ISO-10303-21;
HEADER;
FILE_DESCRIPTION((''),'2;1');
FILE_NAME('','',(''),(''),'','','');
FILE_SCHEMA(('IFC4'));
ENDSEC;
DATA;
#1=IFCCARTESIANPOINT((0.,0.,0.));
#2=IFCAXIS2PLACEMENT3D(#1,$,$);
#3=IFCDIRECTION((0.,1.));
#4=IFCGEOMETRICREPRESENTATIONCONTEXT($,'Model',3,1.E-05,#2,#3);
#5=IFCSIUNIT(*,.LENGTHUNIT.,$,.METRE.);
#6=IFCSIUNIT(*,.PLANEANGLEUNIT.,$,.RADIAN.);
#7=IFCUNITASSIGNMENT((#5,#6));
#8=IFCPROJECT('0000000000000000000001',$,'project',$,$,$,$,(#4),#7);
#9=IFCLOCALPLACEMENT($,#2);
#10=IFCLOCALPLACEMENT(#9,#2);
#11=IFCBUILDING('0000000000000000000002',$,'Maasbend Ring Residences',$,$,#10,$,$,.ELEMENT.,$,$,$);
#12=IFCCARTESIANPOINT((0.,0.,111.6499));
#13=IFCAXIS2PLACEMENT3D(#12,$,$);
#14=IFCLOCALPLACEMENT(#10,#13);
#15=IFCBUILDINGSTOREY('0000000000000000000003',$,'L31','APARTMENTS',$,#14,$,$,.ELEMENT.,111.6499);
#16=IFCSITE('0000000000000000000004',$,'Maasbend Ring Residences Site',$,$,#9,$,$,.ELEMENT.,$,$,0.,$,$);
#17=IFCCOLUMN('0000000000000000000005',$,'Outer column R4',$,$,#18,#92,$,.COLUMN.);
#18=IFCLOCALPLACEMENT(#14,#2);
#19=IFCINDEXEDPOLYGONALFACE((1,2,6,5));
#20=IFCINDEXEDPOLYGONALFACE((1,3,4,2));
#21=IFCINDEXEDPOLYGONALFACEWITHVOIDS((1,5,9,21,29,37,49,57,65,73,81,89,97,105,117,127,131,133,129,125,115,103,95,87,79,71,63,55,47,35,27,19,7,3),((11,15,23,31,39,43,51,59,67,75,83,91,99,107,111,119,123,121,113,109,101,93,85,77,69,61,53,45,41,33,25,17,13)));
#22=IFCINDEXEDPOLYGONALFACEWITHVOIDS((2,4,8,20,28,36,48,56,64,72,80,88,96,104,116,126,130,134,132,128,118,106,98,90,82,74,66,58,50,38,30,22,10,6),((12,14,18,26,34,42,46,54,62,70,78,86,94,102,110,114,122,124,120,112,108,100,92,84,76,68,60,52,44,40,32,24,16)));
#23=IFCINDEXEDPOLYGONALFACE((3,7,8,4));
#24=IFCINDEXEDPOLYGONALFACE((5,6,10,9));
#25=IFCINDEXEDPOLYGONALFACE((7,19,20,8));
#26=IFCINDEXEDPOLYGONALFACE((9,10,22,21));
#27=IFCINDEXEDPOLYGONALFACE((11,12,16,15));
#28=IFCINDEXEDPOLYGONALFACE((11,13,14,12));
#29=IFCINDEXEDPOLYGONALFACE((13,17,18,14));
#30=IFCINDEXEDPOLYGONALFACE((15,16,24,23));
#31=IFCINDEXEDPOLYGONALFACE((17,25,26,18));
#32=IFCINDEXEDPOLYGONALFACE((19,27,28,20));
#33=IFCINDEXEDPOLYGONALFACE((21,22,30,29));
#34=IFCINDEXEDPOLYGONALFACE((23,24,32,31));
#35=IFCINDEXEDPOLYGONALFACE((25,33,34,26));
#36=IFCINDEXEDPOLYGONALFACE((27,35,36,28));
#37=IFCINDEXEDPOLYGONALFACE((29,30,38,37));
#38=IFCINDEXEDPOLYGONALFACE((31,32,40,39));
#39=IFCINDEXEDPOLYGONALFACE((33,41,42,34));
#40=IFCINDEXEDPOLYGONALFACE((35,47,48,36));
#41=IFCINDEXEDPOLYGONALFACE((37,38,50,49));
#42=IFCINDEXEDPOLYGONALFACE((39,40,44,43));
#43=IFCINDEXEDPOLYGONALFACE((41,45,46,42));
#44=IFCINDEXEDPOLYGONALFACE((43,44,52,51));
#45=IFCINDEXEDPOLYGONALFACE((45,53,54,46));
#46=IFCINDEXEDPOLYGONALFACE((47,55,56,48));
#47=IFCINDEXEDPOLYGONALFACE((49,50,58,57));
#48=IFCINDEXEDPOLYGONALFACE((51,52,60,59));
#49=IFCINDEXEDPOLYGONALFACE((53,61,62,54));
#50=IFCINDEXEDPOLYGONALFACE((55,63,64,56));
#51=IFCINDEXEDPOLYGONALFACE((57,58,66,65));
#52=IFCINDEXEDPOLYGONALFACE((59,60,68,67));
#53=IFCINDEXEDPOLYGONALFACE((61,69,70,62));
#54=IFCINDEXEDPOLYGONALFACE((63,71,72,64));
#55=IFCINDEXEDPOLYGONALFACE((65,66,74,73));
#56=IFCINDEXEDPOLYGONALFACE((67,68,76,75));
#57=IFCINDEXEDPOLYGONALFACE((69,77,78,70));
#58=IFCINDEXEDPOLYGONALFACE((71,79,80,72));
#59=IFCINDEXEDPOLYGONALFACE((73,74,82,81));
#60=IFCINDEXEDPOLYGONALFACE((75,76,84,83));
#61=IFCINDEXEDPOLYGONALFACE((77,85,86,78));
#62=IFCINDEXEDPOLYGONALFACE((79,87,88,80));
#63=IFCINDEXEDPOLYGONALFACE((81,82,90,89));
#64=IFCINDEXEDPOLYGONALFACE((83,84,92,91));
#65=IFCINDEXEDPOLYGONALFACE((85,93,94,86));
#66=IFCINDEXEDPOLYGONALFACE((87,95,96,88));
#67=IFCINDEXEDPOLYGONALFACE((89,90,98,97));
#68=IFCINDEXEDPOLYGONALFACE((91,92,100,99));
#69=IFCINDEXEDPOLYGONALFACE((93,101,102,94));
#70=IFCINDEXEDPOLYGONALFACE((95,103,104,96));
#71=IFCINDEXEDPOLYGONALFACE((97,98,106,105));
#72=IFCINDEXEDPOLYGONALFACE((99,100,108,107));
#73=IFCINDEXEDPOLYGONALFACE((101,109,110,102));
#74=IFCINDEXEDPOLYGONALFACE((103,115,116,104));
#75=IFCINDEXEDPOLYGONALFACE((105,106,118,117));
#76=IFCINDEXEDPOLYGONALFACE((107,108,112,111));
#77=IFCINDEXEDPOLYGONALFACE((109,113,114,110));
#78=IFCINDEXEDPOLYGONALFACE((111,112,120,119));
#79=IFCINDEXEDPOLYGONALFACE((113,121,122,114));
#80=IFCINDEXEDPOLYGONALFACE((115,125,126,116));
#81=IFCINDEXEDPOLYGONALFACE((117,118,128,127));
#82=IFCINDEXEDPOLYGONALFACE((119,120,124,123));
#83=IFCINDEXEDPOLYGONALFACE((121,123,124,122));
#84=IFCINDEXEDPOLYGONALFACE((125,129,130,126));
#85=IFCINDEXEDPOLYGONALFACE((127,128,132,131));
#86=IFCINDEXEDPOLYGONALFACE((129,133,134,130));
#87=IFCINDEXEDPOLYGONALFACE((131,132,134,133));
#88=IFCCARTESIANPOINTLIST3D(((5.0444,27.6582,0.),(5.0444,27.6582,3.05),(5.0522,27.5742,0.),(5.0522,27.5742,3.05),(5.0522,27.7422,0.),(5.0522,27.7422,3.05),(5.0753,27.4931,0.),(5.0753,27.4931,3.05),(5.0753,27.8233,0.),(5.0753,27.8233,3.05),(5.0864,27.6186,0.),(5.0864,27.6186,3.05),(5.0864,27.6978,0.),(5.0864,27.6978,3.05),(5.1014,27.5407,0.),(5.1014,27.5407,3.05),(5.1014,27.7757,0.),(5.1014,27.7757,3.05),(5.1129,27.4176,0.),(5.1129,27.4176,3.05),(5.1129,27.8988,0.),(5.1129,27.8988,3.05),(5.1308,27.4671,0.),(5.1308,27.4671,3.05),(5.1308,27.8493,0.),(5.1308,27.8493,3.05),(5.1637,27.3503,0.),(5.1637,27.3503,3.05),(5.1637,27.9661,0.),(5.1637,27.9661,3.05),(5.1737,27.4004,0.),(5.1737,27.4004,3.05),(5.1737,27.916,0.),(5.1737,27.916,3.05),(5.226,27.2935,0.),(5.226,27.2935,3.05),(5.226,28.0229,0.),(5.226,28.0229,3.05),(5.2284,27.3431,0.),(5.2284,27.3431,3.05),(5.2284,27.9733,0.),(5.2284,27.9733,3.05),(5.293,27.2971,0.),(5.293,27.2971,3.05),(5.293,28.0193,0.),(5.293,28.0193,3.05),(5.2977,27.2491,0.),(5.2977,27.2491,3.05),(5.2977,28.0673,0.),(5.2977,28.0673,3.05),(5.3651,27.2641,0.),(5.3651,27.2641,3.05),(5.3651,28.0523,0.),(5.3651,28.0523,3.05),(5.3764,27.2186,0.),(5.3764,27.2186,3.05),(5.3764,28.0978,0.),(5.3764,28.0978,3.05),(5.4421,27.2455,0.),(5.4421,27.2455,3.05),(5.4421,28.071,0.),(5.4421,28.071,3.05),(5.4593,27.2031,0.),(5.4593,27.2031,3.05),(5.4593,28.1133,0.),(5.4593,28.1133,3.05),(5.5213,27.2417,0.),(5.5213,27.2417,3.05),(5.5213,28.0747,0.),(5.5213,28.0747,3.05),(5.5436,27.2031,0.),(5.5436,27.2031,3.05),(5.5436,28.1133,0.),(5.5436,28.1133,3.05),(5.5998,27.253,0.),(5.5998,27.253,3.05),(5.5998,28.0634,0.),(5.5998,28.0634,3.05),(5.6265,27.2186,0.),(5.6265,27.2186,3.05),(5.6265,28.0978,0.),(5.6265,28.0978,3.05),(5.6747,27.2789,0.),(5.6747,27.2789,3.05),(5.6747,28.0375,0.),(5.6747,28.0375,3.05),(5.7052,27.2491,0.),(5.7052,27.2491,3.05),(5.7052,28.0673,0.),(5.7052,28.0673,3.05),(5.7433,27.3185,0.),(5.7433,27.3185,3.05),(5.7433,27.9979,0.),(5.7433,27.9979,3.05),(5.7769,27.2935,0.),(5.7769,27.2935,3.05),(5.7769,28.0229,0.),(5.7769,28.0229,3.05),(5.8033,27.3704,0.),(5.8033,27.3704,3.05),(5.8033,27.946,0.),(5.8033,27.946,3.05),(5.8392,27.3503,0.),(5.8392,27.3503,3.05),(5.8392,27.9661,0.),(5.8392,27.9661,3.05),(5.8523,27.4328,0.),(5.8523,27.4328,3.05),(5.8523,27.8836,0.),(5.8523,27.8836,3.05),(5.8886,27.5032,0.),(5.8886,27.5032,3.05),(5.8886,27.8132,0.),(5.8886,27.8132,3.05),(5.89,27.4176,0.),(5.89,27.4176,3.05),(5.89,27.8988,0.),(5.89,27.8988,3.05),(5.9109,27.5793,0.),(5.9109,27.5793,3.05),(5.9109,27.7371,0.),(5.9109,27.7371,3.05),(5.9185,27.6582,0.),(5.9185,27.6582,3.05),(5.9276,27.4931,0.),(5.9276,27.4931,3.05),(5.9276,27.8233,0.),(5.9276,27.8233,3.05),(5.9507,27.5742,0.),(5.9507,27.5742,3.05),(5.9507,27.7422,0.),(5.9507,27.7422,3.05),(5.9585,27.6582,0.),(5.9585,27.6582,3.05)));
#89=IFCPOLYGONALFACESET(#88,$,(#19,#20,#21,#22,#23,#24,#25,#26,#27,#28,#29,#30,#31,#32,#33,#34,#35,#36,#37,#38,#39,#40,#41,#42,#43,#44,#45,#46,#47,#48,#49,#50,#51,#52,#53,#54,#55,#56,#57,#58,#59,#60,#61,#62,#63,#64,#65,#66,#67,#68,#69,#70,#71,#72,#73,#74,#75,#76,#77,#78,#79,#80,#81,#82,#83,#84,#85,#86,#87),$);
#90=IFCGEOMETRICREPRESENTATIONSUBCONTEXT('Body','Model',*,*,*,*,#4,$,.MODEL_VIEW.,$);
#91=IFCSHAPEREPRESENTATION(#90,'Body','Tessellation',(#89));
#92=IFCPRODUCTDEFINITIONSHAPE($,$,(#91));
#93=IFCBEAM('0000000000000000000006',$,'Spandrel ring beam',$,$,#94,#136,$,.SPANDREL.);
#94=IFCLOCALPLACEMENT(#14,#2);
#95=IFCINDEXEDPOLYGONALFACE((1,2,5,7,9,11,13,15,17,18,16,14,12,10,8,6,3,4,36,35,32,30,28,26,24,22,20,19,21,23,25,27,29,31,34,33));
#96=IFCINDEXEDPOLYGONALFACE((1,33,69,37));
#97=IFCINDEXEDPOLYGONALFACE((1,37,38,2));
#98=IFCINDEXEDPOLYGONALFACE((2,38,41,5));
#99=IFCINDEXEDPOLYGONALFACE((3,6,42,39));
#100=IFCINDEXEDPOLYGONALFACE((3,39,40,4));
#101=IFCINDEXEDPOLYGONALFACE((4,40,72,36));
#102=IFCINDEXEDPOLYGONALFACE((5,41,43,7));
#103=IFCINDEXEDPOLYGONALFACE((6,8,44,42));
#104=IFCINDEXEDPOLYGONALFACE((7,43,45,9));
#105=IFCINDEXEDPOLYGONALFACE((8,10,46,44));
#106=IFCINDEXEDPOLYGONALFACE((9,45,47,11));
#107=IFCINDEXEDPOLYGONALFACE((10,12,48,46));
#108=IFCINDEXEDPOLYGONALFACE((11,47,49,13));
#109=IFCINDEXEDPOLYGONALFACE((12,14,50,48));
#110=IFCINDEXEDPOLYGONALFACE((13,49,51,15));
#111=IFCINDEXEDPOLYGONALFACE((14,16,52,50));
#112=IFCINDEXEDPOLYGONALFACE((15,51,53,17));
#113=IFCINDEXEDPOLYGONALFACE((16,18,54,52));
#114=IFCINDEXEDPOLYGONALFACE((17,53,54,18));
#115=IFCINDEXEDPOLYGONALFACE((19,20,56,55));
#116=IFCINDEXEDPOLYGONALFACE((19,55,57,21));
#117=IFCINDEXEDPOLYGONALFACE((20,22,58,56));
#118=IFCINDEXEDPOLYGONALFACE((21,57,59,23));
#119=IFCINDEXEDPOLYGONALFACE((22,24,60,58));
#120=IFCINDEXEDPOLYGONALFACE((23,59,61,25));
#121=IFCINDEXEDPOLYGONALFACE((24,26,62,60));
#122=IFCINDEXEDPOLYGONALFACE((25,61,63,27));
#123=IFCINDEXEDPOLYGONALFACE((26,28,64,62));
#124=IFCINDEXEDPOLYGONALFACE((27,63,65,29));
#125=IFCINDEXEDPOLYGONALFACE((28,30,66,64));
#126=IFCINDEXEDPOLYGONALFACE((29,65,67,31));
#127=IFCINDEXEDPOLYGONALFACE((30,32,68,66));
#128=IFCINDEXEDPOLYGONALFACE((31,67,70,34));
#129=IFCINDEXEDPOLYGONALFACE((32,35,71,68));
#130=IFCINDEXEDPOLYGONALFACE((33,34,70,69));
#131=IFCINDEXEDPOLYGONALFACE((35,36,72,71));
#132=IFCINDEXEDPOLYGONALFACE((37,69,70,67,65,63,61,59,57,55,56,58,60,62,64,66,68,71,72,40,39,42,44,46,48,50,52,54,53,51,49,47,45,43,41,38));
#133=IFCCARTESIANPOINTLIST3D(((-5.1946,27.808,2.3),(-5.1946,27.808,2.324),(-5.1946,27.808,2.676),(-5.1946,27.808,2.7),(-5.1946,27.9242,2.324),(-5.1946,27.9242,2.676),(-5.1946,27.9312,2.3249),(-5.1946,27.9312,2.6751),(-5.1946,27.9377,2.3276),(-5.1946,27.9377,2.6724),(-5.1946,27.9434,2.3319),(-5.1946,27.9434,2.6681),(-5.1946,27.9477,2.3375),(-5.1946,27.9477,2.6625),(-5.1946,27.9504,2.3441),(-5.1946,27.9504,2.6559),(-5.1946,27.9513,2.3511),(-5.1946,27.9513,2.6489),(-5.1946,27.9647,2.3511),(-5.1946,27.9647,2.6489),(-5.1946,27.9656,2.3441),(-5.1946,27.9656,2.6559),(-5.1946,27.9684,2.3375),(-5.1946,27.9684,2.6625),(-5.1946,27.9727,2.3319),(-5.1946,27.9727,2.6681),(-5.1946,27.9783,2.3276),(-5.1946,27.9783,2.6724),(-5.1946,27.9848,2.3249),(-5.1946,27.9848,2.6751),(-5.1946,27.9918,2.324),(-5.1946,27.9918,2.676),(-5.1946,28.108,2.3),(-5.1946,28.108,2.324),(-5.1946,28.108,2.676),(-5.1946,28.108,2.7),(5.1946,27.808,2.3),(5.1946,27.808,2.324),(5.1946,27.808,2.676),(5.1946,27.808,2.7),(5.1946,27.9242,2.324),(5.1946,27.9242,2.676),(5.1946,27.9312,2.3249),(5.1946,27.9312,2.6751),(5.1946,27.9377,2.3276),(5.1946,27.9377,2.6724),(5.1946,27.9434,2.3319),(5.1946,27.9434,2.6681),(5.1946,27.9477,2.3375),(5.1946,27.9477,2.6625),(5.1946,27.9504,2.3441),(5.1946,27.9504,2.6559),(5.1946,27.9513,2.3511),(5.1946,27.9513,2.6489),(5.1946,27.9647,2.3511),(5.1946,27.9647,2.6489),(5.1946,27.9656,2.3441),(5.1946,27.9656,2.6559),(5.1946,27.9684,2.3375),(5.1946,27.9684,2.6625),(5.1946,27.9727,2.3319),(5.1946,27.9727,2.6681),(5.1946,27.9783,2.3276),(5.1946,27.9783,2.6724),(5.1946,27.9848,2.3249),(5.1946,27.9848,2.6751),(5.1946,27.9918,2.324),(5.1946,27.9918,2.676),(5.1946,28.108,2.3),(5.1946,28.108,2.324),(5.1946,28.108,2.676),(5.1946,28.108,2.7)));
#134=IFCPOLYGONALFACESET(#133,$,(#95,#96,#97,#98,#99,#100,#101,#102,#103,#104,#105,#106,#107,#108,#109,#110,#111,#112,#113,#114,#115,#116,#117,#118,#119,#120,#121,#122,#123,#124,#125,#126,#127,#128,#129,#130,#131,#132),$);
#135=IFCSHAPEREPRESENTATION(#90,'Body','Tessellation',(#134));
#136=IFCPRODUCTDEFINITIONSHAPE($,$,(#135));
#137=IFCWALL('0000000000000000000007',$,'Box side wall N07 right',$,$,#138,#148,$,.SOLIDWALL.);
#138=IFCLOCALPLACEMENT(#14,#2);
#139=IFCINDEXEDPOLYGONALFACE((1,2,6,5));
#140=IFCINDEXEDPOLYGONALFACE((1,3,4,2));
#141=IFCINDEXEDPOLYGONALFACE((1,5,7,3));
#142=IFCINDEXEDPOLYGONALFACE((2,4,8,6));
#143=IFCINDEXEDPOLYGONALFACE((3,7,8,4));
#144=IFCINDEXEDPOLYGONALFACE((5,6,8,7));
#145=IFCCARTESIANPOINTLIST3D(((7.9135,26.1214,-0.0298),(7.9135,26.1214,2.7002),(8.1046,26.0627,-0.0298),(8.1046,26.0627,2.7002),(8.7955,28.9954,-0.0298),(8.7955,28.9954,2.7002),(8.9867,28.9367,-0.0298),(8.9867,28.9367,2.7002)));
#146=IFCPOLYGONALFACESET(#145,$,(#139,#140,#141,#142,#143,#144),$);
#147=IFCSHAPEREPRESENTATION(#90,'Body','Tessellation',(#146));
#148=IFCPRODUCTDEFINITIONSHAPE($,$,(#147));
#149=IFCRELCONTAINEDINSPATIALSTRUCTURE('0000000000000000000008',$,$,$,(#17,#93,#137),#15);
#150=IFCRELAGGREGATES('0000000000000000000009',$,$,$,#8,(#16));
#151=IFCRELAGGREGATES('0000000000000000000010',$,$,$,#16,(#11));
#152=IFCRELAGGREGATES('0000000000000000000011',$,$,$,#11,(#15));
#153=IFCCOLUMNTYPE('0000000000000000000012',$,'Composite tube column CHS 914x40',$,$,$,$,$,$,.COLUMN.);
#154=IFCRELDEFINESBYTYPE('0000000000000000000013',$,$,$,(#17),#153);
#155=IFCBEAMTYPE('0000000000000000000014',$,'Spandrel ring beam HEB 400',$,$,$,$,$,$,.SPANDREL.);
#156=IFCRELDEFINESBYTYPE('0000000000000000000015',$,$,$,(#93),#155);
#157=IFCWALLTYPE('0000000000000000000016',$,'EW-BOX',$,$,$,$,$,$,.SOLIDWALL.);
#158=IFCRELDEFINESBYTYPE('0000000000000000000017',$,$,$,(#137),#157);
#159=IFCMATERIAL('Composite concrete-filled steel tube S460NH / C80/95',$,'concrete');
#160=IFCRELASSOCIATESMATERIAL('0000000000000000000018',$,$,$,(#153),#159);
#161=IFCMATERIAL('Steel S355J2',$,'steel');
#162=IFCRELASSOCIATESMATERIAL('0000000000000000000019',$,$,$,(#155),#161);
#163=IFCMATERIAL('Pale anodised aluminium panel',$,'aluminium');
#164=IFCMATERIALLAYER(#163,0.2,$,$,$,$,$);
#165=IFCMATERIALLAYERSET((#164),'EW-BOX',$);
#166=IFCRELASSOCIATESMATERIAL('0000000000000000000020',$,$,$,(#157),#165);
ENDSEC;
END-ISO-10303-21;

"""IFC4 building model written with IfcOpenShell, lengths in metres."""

from ifc_helpers import new_model, si_unit, direction, frame, frame_2d, origin, origin_2d, place, context, subcontext, project, spatial, rectangle, hollow_circle, i_section, extrude, material, layer, layer_set, material_profile, profile_set, type_object, element, save


model = new_model("IFC4")

# Units and contexts
model_context = context("Model", 3, precision=1e-05, world=origin(), true_north=direction((0.0, 1.0)))
body_context = subcontext(model_context, "Body", "Model", "MODEL_VIEW")
ifc_project = project(units=[si_unit("LENGTHUNIT", "METRE"), si_unit("PLANEANGLEUNIT", "RADIAN")], contexts=[model_context])

# Site, building, storey
site_placement = place(None, origin())
site = spatial("IfcSite", under=ifc_project, at=site_placement, Name="Maasbend Ring Residences Site", CompositionType="ELEMENT", RefElevation=0.0)
building_placement = place(site_placement, origin())
building = spatial("IfcBuilding", under=site, at=building_placement, Name="Maasbend Ring Residences", CompositionType="ELEMENT")
storey_placement = place(building_placement, frame((0.0, 0.0, 111.6499)))
storey = spatial("IfcBuildingStorey", under=building, at=storey_placement, Name="L31", Description="APARTMENTS", CompositionType="ELEMENT", Elevation=111.6499)

# Column
ifc_material_1 = material(Name="Composite concrete-filled steel tube S460NH / C80/95", Category="concrete")
ifc_material_profile_1 = material_profile(ifc_material_1, hollow_circle(Radius=0.457, WallThickness=0.04, at=origin_2d()), Name="Composite tube column CHS 914x40")
ifc_profile_set_1 = profile_set([ifc_material_profile_1], Name="Composite concrete-filled steel tube S460NH / C80/95")
column_type = type_object("IfcColumnType", Name="Composite tube column CHS 914x40", PredefinedType="COLUMN", material=ifc_profile_set_1)
column_placement = place(storey_placement, frame((5.5015, 27.6582, 0.0), z_axis=(0.0, 0.0, 1.0), x_axis=(1.0, 0.0, 0.0)))
element("IfcColumn", 1, at=column_placement, inside=storey, type_object=column_type, Name="Outer column R4", PredefinedType="COLUMN", context=body_context, shape_type="SweptSolid", body=[
    extrude(hollow_circle(Radius=0.457, WallThickness=0.04, at=origin_2d()), origin(), (0.0, 0.0, 1.0), 3.05),
])

# Beam
ifc_material_2 = material(Name="Steel S355J2", Category="steel")
ifc_material_profile_2 = material_profile(ifc_material_2, i_section(OverallWidth=0.3, OverallDepth=0.3999, WebThickness=0.0134, FlangeThickness=0.0239, FilletRadius=0.0271, at=origin_2d()), Name="HEB 400")
ifc_profile_set_2 = profile_set([ifc_material_profile_2], Name="Steel S355J2")
beam_type = type_object("IfcBeamType", Name="Spandrel ring beam HEB 400", PredefinedType="SPANDREL", material=ifc_profile_set_2)
beam_placement = place(storey_placement, frame((5.1946, 27.958, 2.5), z_axis=(-1.0, 0.0, 0.0), x_axis=(0.0, -1.0, 0.0)))
element("IfcBeam", 2, at=beam_placement, inside=storey, type_object=beam_type, Name="Spandrel ring beam", PredefinedType="SPANDREL", context=body_context, shape_type="SweptSolid", body=[
    extrude(i_section(OverallWidth=0.3, OverallDepth=0.3999, WebThickness=0.0134, FlangeThickness=0.0239, FilletRadius=0.0271, at=origin_2d()), origin(), (0.0, 0.0, 1.0), 10.3892),
])

# Wall
ifc_material_3 = material(Name="Pale anodised aluminium panel", Category="aluminium")
ifc_layer_1 = layer(ifc_material_3, 0.2)
ifc_layer_set_1 = layer_set([ifc_layer_1], Name="EW-BOX")
wall_type_1 = type_object("IfcWallType", Name="EW-BOX", PredefinedType="SOLIDWALL", material=ifc_layer_set_1)
wall_1_placement = place(storey_placement, frame((8.009, 26.092, -0.0298), z_axis=(0.0, 0.0, 1.0), x_axis=(0.293407, 0.955988, 0.0)))
element("IfcWall", 3, at=wall_1_placement, inside=storey, type_object=wall_type_1, Name="Box side wall N07 right", PredefinedType="SOLIDWALL", context=body_context, shape_type="SweptSolid", body=[
    extrude(rectangle(XDim=3.0063, YDim=0.2, at=frame_2d((1.5032, 0.0))), origin(), (0.0, 0.0, 1.0), 2.73),
])

save(model, "model.ifc")
